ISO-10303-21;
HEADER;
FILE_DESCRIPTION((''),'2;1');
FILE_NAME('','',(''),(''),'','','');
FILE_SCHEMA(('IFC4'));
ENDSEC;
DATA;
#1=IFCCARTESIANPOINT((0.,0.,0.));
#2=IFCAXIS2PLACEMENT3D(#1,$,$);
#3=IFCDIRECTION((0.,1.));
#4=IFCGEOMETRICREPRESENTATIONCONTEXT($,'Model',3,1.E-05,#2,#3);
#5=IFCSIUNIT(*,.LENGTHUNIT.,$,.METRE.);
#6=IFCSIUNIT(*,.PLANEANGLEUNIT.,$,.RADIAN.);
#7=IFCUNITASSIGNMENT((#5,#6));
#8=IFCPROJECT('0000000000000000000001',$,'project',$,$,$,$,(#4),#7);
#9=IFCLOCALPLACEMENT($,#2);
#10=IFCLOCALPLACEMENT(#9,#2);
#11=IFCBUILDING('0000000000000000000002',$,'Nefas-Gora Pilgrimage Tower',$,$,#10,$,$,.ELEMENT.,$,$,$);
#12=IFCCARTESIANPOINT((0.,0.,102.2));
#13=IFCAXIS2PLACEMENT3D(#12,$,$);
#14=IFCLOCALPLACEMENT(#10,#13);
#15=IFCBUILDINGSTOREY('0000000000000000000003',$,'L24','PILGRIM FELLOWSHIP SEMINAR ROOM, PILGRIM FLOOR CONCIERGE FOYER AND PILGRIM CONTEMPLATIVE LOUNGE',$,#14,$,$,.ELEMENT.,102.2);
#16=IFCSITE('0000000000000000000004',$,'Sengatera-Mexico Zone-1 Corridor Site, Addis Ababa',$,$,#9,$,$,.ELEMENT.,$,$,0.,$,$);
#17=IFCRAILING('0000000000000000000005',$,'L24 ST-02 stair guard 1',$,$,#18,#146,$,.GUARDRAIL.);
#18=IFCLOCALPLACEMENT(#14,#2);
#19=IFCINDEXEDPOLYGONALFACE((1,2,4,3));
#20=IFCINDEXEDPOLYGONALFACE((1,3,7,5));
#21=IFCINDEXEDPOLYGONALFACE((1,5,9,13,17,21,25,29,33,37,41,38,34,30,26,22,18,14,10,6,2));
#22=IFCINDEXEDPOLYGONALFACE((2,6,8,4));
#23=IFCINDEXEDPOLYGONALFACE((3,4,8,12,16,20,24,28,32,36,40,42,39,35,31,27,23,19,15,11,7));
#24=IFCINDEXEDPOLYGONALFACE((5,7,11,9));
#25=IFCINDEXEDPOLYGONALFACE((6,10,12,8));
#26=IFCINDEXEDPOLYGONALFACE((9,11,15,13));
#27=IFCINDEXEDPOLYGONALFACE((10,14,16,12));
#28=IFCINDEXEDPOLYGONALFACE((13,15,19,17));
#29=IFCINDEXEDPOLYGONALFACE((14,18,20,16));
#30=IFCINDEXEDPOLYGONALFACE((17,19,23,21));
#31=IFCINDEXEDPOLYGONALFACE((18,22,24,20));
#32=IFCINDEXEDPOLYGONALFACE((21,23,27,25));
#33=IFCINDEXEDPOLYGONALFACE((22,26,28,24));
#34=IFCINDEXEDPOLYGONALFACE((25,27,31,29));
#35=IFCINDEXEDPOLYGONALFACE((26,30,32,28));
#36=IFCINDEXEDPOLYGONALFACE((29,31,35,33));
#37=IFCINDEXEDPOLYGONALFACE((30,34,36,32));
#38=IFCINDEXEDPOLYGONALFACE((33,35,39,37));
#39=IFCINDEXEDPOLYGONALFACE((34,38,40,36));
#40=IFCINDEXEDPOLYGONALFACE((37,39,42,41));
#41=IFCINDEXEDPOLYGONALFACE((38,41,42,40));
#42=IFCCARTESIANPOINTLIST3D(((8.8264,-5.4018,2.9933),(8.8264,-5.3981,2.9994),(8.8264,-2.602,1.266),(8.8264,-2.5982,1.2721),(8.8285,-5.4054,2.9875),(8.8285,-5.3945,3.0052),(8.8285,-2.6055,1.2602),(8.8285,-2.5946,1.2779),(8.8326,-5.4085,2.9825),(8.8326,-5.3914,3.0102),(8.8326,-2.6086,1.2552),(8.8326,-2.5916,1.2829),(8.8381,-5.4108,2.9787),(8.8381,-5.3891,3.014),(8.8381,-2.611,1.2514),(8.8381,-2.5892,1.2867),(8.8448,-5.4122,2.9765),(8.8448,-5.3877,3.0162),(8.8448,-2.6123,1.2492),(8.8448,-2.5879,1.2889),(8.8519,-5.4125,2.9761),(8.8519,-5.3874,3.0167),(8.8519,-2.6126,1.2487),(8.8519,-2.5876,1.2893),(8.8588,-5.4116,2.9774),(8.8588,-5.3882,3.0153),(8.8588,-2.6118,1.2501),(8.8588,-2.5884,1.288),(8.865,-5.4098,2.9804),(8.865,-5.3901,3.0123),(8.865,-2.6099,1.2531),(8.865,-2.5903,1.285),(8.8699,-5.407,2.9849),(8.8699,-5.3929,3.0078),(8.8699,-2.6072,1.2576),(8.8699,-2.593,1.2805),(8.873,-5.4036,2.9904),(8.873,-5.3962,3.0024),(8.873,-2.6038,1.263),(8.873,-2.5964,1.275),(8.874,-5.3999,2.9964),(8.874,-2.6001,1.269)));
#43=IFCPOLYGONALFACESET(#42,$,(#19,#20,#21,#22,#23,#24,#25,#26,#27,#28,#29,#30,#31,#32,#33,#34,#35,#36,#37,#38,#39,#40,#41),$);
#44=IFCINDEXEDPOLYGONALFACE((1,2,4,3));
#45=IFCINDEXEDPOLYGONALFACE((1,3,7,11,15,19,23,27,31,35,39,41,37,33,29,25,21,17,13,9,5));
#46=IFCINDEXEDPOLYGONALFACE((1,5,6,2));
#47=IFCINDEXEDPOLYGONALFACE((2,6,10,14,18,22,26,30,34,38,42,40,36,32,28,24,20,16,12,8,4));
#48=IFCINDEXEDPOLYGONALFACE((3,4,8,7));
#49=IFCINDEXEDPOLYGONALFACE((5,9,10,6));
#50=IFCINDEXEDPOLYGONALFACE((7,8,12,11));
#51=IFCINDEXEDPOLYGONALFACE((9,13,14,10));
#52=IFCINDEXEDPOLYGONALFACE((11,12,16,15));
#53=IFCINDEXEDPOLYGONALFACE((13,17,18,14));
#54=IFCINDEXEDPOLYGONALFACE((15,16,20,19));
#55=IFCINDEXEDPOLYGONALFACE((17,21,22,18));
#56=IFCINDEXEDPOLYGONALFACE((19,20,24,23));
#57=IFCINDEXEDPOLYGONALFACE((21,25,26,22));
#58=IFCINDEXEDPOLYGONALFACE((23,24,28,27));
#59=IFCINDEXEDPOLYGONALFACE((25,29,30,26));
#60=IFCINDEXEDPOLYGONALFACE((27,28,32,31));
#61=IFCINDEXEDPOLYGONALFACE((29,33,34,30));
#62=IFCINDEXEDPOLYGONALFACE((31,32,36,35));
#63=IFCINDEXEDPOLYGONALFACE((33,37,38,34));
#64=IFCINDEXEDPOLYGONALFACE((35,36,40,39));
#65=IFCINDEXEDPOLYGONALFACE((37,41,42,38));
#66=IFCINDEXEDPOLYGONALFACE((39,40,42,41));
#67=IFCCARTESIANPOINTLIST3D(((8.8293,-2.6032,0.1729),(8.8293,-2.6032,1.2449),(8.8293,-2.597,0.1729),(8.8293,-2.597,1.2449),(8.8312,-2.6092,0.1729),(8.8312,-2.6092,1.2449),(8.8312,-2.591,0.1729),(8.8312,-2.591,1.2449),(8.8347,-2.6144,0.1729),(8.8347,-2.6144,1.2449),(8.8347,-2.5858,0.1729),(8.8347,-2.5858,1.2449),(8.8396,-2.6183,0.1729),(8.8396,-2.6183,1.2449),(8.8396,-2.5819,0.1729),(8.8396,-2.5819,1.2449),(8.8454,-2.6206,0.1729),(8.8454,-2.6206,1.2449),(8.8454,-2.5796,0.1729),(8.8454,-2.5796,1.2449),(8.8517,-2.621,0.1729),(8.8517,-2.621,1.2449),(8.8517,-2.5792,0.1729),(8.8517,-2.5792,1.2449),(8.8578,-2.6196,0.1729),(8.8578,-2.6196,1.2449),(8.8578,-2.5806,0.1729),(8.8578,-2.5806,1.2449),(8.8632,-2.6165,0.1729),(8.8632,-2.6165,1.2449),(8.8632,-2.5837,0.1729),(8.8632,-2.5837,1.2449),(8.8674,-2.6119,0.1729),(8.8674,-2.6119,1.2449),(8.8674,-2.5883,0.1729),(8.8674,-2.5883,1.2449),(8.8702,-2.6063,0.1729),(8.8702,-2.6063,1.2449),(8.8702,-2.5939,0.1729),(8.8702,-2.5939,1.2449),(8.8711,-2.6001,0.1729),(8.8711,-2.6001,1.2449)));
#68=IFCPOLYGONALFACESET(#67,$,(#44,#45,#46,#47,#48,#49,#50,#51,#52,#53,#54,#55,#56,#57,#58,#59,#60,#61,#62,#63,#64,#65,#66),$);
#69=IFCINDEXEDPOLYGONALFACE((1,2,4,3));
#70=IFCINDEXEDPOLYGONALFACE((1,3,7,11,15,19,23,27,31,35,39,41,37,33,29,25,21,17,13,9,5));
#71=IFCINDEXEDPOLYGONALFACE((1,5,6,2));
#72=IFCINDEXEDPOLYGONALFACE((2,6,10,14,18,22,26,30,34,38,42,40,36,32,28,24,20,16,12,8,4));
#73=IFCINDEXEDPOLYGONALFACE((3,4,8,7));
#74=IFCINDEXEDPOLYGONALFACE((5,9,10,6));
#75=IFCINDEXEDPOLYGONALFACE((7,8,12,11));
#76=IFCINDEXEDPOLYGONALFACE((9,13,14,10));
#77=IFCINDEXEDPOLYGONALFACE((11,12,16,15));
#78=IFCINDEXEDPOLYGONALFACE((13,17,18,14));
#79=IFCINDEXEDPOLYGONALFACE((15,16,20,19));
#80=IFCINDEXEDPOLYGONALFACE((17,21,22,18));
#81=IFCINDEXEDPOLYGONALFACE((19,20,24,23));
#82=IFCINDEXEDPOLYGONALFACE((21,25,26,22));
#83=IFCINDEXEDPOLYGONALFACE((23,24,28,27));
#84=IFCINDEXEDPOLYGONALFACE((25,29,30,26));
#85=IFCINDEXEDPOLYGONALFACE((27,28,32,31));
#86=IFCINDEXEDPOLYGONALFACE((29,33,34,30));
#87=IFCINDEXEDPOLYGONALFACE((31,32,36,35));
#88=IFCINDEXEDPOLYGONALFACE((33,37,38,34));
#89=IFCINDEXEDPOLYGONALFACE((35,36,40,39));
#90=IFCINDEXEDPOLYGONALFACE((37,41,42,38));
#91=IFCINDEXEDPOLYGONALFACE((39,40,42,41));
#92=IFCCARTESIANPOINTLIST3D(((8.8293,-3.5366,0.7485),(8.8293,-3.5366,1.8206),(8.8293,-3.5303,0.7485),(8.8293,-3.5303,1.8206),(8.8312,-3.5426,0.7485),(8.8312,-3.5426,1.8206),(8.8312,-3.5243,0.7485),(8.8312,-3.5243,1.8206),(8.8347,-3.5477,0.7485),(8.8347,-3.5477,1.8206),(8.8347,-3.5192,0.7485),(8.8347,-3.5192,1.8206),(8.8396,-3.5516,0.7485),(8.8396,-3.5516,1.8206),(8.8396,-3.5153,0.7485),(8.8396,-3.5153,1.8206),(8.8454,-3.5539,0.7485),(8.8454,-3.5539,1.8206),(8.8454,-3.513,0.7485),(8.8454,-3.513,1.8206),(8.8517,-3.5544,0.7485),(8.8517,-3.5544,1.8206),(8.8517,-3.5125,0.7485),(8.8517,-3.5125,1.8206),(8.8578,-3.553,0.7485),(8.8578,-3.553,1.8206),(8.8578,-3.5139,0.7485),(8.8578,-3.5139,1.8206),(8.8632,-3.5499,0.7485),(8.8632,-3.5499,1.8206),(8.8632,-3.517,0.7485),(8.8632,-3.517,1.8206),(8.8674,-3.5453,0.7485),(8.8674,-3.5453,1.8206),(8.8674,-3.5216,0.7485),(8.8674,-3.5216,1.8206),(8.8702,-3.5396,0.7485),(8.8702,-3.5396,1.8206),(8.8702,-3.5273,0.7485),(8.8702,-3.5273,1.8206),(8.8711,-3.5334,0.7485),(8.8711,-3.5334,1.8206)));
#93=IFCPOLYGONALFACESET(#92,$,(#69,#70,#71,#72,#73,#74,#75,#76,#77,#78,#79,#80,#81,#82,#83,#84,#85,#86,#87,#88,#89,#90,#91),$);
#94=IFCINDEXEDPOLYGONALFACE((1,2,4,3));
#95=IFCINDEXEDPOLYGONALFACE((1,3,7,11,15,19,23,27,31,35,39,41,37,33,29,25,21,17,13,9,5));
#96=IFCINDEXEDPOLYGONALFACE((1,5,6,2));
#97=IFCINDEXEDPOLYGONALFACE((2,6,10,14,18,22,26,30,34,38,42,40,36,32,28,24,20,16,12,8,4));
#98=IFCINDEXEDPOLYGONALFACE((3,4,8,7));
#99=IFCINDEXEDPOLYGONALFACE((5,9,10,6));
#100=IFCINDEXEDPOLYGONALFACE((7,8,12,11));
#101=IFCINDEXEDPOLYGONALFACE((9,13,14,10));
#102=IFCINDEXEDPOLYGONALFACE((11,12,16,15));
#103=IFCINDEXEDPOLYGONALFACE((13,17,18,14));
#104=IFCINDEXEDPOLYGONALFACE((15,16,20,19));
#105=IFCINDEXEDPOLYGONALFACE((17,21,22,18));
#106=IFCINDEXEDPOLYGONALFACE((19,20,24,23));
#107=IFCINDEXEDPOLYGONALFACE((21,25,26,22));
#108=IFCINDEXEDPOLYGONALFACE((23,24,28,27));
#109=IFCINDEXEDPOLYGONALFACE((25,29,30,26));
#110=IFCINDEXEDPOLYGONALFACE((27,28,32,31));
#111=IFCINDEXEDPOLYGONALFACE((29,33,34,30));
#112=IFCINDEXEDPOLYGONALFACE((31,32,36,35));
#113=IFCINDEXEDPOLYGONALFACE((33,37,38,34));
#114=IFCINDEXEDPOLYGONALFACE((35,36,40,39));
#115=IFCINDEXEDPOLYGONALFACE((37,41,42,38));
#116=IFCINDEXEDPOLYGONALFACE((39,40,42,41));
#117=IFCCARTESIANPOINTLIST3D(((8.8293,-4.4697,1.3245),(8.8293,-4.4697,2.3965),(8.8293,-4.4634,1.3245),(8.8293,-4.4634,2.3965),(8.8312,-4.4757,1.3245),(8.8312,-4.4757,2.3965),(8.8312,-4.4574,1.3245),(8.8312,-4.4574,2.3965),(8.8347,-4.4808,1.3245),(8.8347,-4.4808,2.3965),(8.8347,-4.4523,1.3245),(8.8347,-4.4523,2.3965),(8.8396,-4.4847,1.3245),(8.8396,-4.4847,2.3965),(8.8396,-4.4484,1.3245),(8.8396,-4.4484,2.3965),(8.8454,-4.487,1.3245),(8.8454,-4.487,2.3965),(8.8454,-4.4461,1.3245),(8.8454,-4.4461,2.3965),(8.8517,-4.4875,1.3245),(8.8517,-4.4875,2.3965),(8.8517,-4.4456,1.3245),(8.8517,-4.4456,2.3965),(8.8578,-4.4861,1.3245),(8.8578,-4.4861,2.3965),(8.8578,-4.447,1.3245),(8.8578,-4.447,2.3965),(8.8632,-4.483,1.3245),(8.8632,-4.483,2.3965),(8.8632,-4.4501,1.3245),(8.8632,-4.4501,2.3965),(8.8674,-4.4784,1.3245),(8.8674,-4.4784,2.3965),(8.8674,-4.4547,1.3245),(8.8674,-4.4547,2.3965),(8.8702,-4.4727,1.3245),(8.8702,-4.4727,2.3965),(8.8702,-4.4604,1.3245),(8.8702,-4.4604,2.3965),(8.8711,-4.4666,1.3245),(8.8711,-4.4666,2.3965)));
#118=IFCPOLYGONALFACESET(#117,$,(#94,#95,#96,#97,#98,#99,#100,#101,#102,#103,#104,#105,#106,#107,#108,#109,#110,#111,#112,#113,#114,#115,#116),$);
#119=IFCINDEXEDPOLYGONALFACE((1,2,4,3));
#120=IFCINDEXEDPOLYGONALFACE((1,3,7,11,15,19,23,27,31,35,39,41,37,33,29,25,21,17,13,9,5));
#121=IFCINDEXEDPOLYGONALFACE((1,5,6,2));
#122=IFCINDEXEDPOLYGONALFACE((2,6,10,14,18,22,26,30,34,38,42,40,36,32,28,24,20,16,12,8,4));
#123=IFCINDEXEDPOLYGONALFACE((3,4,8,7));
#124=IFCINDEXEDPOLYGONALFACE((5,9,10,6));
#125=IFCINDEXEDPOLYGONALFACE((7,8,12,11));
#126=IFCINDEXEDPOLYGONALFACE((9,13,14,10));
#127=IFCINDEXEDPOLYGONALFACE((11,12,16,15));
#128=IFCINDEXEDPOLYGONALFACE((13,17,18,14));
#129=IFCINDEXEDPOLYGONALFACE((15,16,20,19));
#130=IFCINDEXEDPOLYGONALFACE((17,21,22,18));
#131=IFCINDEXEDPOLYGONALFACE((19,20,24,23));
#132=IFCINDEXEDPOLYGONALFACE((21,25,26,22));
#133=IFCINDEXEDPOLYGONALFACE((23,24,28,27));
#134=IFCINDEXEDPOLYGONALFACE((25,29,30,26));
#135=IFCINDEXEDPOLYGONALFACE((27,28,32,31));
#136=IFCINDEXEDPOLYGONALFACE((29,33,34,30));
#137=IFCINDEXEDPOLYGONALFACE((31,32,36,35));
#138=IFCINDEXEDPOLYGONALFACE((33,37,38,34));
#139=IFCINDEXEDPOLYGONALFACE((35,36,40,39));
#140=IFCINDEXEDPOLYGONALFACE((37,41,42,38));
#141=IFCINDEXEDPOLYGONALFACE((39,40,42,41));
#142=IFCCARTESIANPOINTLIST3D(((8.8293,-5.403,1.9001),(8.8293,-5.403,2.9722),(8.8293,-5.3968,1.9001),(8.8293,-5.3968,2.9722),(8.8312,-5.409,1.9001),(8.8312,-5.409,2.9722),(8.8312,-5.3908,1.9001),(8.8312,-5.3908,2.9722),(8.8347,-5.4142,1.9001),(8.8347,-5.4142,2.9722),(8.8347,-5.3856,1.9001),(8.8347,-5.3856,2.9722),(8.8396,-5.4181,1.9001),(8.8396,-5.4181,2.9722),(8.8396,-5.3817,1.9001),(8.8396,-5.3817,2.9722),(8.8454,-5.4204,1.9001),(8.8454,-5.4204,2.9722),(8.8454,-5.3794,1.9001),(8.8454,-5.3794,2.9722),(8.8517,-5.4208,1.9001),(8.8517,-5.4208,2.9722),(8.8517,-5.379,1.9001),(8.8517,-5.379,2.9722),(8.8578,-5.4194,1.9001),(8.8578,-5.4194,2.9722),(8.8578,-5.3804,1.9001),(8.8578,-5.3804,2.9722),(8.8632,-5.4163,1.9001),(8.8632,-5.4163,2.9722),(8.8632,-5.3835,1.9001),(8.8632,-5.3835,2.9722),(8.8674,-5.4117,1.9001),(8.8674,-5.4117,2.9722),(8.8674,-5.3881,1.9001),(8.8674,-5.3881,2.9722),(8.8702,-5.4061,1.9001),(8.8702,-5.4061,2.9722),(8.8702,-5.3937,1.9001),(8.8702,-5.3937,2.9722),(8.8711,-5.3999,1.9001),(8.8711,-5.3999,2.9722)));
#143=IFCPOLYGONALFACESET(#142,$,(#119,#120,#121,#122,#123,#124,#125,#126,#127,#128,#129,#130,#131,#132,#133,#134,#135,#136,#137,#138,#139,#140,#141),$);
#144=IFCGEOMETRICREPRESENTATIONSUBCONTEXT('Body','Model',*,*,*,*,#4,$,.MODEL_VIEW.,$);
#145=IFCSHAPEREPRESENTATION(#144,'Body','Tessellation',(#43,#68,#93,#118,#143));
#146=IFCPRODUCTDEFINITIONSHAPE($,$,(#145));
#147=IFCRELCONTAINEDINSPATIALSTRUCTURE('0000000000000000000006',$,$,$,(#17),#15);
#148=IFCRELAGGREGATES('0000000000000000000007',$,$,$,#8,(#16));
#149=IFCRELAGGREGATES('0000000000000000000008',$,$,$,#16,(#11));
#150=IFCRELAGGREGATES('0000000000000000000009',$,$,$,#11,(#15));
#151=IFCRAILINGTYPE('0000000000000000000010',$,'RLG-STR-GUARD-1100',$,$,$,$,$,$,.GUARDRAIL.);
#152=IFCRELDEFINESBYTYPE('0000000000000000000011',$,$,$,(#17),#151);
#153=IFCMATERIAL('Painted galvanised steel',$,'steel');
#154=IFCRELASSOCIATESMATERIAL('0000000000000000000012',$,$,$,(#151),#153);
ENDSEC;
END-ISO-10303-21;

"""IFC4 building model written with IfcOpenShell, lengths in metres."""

from ifc_helpers import new_model, si_unit, direction, frame, origin, origin_2d, place, context, subcontext, project, spatial, circle, extrude, material, type_object, element, save


model = new_model("IFC4")

# Units and contexts
model_context = context("Model", 3, precision=1e-05, world=origin(), true_north=direction((0.0, 1.0)))
body_context = subcontext(model_context, "Body", "Model", "MODEL_VIEW")
ifc_project = project(units=[si_unit("LENGTHUNIT", "METRE"), si_unit("PLANEANGLEUNIT", "RADIAN")], contexts=[model_context])

# Site, building, storey
site_placement = place(None, origin())
site = spatial("IfcSite", under=ifc_project, at=site_placement, Name="Sengatera-Mexico Zone-1 Corridor Site, Addis Ababa", CompositionType="ELEMENT", RefElevation=0.0)
building_placement = place(site_placement, origin())
building = spatial("IfcBuilding", under=site, at=building_placement, Name="Nefas-Gora Pilgrimage Tower", CompositionType="ELEMENT")
storey_placement = place(building_placement, frame((0.0, 0.0, 102.2)))
storey = spatial("IfcBuildingStorey", under=building, at=storey_placement, Name="L24", Description="PILGRIM FELLOWSHIP SEMINAR ROOM, PILGRIM FLOOR CONCIERGE FOYER AND PILGRIM CONTEMPLATIVE LOUNGE", CompositionType="ELEMENT", Elevation=102.2)

# Railing
ifc_material_1 = material(Name="Painted galvanised steel", Category="steel")
railing_type_1 = type_object("IfcRailingType", Name="RLG-STR-GUARD-1100", PredefinedType="GUARDRAIL", material=ifc_material_1)
railing_1_placement = place(storey_placement, frame((8.8501, -2.6001, 0.1729)))
element("IfcRailing", 1, at=railing_1_placement, inside=storey, type_object=railing_type_1, Name="L24 ST-02 stair guard 1", PredefinedType="GUARDRAIL", context=body_context, shape_type="SweptSolid", body=[
    extrude(circle(Radius=0.0239, at=origin_2d()), frame((0.0, 0.0, 1.0962), z_axis=(0.0, -0.851069, 0.525054), x_axis=(1.0, 0.0, 0.0)), (0.0, 0.0, 1.0), 3.2898),
    extrude(circle(Radius=0.021, at=origin_2d()), origin(), (0.0, 0.0, 1.0), 1.072),
    extrude(circle(Radius=0.021, at=origin_2d()), frame((0.0, -0.9333, 0.5757)), (0.0, 0.0, 1.0), 1.072),
    extrude(circle(Radius=0.021, at=origin_2d()), frame((0.0, -1.8665, 1.1516)), (0.0, 0.0, 1.0), 1.072),
    extrude(circle(Radius=0.021, at=origin_2d()), frame((0.0, -2.7998, 1.7273)), (0.0, 0.0, 1.0), 1.072),
])

save(model, "model.ifc")
